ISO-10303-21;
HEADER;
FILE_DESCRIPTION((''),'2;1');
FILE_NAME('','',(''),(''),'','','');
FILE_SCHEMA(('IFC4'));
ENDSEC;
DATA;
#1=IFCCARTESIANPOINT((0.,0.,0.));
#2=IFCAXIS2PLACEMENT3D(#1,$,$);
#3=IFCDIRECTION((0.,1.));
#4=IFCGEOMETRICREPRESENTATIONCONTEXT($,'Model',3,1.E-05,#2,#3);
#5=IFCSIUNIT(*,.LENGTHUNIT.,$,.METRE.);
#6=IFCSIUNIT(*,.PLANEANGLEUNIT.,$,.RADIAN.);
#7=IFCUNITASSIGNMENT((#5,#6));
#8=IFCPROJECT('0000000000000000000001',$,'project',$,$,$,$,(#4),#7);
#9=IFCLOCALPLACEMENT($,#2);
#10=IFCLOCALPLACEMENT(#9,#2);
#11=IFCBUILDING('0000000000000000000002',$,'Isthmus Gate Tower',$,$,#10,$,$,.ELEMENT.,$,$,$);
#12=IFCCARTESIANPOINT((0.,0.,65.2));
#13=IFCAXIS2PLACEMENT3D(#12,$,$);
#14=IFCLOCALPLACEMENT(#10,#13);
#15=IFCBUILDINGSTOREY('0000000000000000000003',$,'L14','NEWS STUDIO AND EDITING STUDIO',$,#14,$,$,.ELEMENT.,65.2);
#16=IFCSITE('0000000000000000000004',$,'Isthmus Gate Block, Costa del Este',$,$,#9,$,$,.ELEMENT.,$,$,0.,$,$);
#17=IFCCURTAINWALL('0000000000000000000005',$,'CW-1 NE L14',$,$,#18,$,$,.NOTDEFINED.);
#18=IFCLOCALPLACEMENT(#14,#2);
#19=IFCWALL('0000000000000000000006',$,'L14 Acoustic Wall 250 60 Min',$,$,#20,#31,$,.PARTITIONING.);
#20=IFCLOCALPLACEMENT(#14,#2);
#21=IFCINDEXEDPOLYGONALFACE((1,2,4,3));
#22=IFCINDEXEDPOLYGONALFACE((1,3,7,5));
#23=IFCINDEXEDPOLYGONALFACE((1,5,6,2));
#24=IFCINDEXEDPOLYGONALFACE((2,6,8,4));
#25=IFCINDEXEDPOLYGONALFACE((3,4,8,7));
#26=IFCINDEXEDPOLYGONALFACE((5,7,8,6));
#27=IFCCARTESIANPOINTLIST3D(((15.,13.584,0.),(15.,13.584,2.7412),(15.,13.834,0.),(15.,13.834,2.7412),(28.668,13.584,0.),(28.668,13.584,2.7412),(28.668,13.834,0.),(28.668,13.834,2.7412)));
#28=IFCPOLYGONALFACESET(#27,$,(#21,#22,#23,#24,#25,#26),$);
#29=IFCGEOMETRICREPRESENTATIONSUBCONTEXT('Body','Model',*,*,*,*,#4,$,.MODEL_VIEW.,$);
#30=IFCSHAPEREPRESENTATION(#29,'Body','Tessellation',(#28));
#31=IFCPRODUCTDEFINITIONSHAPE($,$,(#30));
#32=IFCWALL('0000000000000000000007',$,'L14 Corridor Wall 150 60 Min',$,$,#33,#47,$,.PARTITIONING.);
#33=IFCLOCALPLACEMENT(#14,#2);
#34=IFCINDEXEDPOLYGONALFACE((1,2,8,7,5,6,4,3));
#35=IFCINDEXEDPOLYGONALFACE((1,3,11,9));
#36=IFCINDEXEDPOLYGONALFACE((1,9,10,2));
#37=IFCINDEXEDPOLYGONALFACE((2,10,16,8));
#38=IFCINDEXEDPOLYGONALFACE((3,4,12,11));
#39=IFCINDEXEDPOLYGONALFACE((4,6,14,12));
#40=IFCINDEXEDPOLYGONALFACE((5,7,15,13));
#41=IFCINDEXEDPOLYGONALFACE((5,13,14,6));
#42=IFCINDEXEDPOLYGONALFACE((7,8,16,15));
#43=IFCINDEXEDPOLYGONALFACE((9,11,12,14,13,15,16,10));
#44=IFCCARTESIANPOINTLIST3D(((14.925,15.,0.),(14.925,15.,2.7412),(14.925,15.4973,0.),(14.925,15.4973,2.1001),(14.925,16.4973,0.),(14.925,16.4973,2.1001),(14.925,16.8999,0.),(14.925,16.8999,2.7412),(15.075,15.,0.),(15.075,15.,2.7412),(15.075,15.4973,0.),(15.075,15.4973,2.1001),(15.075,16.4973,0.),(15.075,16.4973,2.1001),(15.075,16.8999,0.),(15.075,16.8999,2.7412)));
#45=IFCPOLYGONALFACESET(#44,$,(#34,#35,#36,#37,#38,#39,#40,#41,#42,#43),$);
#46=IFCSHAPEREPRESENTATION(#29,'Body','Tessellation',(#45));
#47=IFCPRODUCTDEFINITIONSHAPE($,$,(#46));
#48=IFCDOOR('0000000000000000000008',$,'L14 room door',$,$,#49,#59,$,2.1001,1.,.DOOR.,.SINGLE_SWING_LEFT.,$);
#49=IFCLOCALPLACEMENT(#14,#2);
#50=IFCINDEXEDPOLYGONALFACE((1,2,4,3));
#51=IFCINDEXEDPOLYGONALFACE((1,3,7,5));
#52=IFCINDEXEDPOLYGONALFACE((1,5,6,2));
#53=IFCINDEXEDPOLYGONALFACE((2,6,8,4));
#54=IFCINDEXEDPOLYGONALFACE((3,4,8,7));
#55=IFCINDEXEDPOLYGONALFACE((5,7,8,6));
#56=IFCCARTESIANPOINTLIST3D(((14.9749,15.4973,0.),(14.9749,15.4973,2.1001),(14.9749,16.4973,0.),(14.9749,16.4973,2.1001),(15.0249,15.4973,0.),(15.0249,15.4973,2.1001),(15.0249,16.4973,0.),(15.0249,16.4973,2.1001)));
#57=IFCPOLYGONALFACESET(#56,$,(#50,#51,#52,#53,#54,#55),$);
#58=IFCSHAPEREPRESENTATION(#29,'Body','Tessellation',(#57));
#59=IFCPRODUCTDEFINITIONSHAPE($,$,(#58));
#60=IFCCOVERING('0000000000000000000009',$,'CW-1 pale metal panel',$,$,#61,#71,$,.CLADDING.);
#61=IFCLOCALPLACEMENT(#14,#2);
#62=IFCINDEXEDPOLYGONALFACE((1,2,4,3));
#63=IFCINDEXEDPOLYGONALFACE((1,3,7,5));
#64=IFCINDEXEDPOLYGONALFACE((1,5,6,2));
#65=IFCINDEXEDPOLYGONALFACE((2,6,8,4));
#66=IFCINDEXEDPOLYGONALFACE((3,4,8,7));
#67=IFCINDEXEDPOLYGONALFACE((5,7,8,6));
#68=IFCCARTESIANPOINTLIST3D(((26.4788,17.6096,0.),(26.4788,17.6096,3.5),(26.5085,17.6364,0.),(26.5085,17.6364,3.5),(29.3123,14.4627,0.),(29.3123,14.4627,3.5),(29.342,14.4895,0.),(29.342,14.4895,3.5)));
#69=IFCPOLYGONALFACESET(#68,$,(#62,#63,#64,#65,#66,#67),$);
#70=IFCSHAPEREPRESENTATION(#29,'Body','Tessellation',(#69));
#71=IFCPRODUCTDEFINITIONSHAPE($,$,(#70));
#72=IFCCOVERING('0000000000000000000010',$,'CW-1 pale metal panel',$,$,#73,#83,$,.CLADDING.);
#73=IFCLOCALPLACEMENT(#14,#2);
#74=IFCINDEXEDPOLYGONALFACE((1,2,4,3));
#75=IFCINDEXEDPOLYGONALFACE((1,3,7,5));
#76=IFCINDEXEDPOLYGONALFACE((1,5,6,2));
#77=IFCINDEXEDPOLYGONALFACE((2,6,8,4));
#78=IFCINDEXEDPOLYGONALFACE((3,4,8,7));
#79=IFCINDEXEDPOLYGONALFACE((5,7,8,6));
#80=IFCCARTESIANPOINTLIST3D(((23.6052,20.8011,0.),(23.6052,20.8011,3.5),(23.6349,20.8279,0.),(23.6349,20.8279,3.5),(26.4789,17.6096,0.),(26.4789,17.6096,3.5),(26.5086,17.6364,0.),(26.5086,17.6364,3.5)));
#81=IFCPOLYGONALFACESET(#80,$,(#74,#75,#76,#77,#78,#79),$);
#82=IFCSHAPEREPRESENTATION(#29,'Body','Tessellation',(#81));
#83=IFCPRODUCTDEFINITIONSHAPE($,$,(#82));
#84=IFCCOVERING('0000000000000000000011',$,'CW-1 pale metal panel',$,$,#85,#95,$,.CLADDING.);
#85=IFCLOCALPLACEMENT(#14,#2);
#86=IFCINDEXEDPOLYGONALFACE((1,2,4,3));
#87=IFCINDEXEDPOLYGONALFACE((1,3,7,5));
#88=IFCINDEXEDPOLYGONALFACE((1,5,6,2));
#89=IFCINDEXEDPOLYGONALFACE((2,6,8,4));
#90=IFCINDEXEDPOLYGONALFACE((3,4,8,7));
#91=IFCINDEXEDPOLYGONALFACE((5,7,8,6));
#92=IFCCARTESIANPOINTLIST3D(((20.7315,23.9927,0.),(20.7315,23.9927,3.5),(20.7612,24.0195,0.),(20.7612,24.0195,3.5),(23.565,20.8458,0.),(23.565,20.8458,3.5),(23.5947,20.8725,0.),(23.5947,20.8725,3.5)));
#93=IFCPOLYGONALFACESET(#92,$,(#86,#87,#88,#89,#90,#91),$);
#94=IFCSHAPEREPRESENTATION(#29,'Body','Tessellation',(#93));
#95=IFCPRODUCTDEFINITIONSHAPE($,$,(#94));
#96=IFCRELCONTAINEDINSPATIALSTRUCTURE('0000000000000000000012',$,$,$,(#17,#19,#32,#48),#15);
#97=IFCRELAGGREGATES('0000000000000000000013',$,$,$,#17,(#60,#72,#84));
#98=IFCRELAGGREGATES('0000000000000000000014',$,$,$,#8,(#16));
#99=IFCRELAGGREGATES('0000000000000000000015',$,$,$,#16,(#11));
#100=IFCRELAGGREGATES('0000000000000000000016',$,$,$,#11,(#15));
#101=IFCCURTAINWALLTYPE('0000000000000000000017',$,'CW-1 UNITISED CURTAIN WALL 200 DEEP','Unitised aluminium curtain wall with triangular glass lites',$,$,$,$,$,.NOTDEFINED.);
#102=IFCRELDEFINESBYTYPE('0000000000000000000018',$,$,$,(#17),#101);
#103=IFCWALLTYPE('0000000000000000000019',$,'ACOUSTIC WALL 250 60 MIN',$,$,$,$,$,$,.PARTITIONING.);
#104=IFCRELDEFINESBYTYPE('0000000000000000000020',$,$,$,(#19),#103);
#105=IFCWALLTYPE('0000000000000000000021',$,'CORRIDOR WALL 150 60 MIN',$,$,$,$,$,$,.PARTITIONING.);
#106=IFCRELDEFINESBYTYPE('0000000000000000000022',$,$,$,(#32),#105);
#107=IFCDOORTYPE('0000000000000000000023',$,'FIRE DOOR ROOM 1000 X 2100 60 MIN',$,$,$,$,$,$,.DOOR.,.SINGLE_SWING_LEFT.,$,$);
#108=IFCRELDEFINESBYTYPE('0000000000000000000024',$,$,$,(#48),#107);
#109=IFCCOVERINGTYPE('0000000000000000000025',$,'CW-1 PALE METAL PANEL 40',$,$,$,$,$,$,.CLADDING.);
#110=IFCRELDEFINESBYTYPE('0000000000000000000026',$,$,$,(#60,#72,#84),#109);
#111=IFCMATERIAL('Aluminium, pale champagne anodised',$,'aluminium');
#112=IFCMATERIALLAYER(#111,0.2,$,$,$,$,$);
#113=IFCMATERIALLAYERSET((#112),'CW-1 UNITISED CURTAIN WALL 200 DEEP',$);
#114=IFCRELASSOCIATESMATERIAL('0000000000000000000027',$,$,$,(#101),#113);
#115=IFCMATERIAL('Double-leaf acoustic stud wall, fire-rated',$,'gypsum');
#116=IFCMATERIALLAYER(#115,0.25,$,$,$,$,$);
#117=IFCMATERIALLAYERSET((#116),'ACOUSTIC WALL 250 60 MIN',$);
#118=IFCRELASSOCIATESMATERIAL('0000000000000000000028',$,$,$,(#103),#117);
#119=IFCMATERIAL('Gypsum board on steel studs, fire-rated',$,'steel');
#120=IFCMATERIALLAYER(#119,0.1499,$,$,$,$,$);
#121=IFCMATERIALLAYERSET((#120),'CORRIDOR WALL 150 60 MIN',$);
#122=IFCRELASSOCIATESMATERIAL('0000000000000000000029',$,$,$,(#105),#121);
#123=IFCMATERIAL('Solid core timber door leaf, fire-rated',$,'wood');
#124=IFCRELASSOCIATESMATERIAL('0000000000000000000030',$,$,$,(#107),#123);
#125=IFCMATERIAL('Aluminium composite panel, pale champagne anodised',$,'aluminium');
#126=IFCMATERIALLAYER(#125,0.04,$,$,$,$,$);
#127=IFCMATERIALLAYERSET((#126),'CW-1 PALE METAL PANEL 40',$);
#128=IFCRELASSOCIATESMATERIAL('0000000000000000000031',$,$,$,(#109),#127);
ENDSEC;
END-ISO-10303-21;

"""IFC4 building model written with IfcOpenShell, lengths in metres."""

from ifc_helpers import new_model, si_unit, direction, frame, frame_2d, origin, origin_2d, place, context, subcontext, project, spatial, rectangle, extrude, material, layer, layer_set, type_object, element, fill, aggregate, save


model = new_model("IFC4")

# Units and contexts
model_context = context("Model", 3, precision=1e-05, world=origin(), true_north=direction((0.0, 1.0)))
body_context = subcontext(model_context, "Body", "Model", "MODEL_VIEW")
ifc_project = project(units=[si_unit("LENGTHUNIT", "METRE"), si_unit("PLANEANGLEUNIT", "RADIAN")], contexts=[model_context])

# Site, building, storey
site_placement = place(None, origin())
site = spatial("IfcSite", under=ifc_project, at=site_placement, Name="Isthmus Gate Block, Costa del Este", CompositionType="ELEMENT", RefElevation=0.0)
building_placement = place(site_placement, origin())
building = spatial("IfcBuilding", under=site, at=building_placement, Name="Isthmus Gate Tower", CompositionType="ELEMENT")
storey_placement = place(building_placement, frame((0.0, 0.0, 65.2)))
storey = spatial("IfcBuildingStorey", under=building, at=storey_placement, Name="L14", Description="NEWS STUDIO AND EDITING STUDIO", CompositionType="ELEMENT", Elevation=65.2)

# Curtain wall
ifc_material_1 = material(Name="Aluminium, pale champagne anodised", Category="aluminium")
ifc_layer_1 = layer(ifc_material_1, 0.2)
ifc_layer_set_1 = layer_set([ifc_layer_1], Name="CW-1 UNITISED CURTAIN WALL 200 DEEP")
curtain_wall_type = type_object("IfcCurtainWallType", Name="CW-1 UNITISED CURTAIN WALL 200 DEEP", Description="Unitised aluminium curtain wall with triangular glass lites", PredefinedType="NOTDEFINED", material=ifc_layer_set_1)
curtain_wall_1_placement = place(storey_placement, origin())
curtain_wall_1 = element("IfcCurtainWall", 1, at=curtain_wall_1_placement, inside=storey, type_object=curtain_wall_type, Name="CW-1 NE L14", PredefinedType="NOTDEFINED")

# Wall
ifc_material_2 = material(Name="Double-leaf acoustic stud wall, fire-rated", Category="gypsum")
ifc_layer_2 = layer(ifc_material_2, 0.25)
ifc_layer_set_2 = layer_set([ifc_layer_2], Name="ACOUSTIC WALL 250 60 MIN")
wall_type_1 = type_object("IfcWallType", Name="ACOUSTIC WALL 250 60 MIN", PredefinedType="PARTITIONING", material=ifc_layer_set_2)
wall_1_placement = place(storey_placement, frame((15.0, 13.709, 0.0), z_axis=(0.0, 0.0, 1.0), x_axis=(1.0, 0.0, 0.0)))
element("IfcWall", 2, at=wall_1_placement, inside=storey, type_object=wall_type_1, Name="L14 Acoustic Wall 250 60 Min", PredefinedType="PARTITIONING", context=body_context, shape_type="SweptSolid", body=[
    extrude(rectangle(XDim=13.668, YDim=0.25, at=frame_2d((6.834, 0.0))), origin(), (0.0, 0.0, 1.0), 2.7412),
])

# Wall, opening, door
ifc_material_3 = material(Name="Gypsum board on steel studs, fire-rated", Category="steel")
ifc_layer_3 = layer(ifc_material_3, 0.1499)
ifc_layer_set_3 = layer_set([ifc_layer_3], Name="CORRIDOR WALL 150 60 MIN")
wall_type_2 = type_object("IfcWallType", Name="CORRIDOR WALL 150 60 MIN", PredefinedType="PARTITIONING", material=ifc_layer_set_3)
wall_2_placement = place(storey_placement, frame((15.0, 16.8999, 0.0), z_axis=(0.0, 0.0, 1.0), x_axis=(0.0, -1.0, 0.0)))
wall_2 = element("IfcWall", 3, at=wall_2_placement, inside=storey, type_object=wall_type_2, Name="L14 Corridor Wall 150 60 Min", PredefinedType="PARTITIONING", context=body_context, shape_type="SweptSolid", body=[
    extrude(rectangle(XDim=1.8999, YDim=0.1499, at=frame_2d((0.95, 0.0))), origin(), (0.0, 0.0, 1.0), 2.7412),
])
opening_placement = place(wall_2_placement, frame((0.4026, 0.0, 0.0)))
opening = element("IfcOpeningElement", 4, at=opening_placement, cuts=wall_2, PredefinedType="OPENING", context=body_context, shape_type="SweptSolid", body=[
    extrude(rectangle(XDim=1.0, YDim=2.1001, at=frame_2d((0.5, 1.05))), frame((0.0, 0.085, 0.0), z_axis=(0.0, -1.0, 0.0), x_axis=(1.0, 0.0, 0.0)), (0.0, 0.0, 1.0), 0.1699),
])
ifc_material_4 = material(Name="Solid core timber door leaf, fire-rated", Category="wood")
door_type = type_object("IfcDoorType", Name="FIRE DOOR ROOM 1000 X 2100 60 MIN", OperationType="SINGLE_SWING_LEFT", PredefinedType="DOOR", material=ifc_material_4)
door_placement = place(opening_placement, origin())
door = element("IfcDoor", 5, at=door_placement, inside=storey, type_object=door_type, Name="L14 room door", OperationType="SINGLE_SWING_LEFT", OverallHeight=2.1001, OverallWidth=1.0, PredefinedType="DOOR", context=body_context, shape_type="SweptSolid", body=[
    extrude(rectangle(XDim=1.0, YDim=2.1001, at=frame_2d((0.5, 1.05))), frame((0.0, 0.0249, 0.0), z_axis=(0.0, -1.0, 0.0), x_axis=(1.0, 0.0, 0.0)), (0.0, 0.0, 1.0), 0.05),
])
fill(opening, door)

# Coverings
ifc_material_5 = material(Name="Aluminium composite panel, pale champagne anodised", Category="aluminium")
ifc_layer_4 = layer(ifc_material_5, 0.04)
ifc_layer_set_4 = layer_set([ifc_layer_4], Name="CW-1 PALE METAL PANEL 40")
covering_type = type_object("IfcCoveringType", Name="CW-1 PALE METAL PANEL 40", PredefinedType="CLADDING", material=ifc_layer_set_4)
covering_1_placement = place(storey_placement, frame((27.9104, 16.0496, 0.0), z_axis=(0.0, 0.0, 1.0), x_axis=(-0.669131, 0.743145, 0.0)))
covering_1 = element("IfcCovering", 6, at=covering_1_placement, type_object=covering_type, Name="CW-1 pale metal panel", PredefinedType="CLADDING", context=body_context, shape_type="SweptSolid", body=[
    extrude(rectangle(XDim=4.2346, YDim=0.04, at=origin_2d()), origin(), (0.0, 0.0, 1.0), 3.5),
])
covering_2_placement = place(storey_placement, frame((25.0569, 19.2188, 0.0), z_axis=(0.0, 0.0, 1.0), x_axis=(-0.669131, 0.743145, 0.0)))
covering_2 = element("IfcCovering", 7, at=covering_2_placement, type_object=covering_type, Name="CW-1 pale metal panel", PredefinedType="CLADDING", context=body_context, shape_type="SweptSolid", body=[
    extrude(rectangle(XDim=4.2947, YDim=0.04, at=origin_2d()), origin(), (0.0, 0.0, 1.0), 3.5),
])
covering_3_placement = place(storey_placement, frame((22.1631, 22.4326, 0.0), z_axis=(0.0, 0.0, 1.0), x_axis=(-0.669131, 0.743145, 0.0)))
covering_3 = element("IfcCovering", 8, at=covering_3_placement, type_object=covering_type, Name="CW-1 pale metal panel", PredefinedType="CLADDING", context=body_context, shape_type="SweptSolid", body=[
    extrude(rectangle(XDim=4.2346, YDim=0.04, at=origin_2d()), origin(), (0.0, 0.0, 1.0), 3.5),
])
aggregate(curtain_wall_1, [covering_1, covering_2, covering_3])

save(model, "model.ifc")
